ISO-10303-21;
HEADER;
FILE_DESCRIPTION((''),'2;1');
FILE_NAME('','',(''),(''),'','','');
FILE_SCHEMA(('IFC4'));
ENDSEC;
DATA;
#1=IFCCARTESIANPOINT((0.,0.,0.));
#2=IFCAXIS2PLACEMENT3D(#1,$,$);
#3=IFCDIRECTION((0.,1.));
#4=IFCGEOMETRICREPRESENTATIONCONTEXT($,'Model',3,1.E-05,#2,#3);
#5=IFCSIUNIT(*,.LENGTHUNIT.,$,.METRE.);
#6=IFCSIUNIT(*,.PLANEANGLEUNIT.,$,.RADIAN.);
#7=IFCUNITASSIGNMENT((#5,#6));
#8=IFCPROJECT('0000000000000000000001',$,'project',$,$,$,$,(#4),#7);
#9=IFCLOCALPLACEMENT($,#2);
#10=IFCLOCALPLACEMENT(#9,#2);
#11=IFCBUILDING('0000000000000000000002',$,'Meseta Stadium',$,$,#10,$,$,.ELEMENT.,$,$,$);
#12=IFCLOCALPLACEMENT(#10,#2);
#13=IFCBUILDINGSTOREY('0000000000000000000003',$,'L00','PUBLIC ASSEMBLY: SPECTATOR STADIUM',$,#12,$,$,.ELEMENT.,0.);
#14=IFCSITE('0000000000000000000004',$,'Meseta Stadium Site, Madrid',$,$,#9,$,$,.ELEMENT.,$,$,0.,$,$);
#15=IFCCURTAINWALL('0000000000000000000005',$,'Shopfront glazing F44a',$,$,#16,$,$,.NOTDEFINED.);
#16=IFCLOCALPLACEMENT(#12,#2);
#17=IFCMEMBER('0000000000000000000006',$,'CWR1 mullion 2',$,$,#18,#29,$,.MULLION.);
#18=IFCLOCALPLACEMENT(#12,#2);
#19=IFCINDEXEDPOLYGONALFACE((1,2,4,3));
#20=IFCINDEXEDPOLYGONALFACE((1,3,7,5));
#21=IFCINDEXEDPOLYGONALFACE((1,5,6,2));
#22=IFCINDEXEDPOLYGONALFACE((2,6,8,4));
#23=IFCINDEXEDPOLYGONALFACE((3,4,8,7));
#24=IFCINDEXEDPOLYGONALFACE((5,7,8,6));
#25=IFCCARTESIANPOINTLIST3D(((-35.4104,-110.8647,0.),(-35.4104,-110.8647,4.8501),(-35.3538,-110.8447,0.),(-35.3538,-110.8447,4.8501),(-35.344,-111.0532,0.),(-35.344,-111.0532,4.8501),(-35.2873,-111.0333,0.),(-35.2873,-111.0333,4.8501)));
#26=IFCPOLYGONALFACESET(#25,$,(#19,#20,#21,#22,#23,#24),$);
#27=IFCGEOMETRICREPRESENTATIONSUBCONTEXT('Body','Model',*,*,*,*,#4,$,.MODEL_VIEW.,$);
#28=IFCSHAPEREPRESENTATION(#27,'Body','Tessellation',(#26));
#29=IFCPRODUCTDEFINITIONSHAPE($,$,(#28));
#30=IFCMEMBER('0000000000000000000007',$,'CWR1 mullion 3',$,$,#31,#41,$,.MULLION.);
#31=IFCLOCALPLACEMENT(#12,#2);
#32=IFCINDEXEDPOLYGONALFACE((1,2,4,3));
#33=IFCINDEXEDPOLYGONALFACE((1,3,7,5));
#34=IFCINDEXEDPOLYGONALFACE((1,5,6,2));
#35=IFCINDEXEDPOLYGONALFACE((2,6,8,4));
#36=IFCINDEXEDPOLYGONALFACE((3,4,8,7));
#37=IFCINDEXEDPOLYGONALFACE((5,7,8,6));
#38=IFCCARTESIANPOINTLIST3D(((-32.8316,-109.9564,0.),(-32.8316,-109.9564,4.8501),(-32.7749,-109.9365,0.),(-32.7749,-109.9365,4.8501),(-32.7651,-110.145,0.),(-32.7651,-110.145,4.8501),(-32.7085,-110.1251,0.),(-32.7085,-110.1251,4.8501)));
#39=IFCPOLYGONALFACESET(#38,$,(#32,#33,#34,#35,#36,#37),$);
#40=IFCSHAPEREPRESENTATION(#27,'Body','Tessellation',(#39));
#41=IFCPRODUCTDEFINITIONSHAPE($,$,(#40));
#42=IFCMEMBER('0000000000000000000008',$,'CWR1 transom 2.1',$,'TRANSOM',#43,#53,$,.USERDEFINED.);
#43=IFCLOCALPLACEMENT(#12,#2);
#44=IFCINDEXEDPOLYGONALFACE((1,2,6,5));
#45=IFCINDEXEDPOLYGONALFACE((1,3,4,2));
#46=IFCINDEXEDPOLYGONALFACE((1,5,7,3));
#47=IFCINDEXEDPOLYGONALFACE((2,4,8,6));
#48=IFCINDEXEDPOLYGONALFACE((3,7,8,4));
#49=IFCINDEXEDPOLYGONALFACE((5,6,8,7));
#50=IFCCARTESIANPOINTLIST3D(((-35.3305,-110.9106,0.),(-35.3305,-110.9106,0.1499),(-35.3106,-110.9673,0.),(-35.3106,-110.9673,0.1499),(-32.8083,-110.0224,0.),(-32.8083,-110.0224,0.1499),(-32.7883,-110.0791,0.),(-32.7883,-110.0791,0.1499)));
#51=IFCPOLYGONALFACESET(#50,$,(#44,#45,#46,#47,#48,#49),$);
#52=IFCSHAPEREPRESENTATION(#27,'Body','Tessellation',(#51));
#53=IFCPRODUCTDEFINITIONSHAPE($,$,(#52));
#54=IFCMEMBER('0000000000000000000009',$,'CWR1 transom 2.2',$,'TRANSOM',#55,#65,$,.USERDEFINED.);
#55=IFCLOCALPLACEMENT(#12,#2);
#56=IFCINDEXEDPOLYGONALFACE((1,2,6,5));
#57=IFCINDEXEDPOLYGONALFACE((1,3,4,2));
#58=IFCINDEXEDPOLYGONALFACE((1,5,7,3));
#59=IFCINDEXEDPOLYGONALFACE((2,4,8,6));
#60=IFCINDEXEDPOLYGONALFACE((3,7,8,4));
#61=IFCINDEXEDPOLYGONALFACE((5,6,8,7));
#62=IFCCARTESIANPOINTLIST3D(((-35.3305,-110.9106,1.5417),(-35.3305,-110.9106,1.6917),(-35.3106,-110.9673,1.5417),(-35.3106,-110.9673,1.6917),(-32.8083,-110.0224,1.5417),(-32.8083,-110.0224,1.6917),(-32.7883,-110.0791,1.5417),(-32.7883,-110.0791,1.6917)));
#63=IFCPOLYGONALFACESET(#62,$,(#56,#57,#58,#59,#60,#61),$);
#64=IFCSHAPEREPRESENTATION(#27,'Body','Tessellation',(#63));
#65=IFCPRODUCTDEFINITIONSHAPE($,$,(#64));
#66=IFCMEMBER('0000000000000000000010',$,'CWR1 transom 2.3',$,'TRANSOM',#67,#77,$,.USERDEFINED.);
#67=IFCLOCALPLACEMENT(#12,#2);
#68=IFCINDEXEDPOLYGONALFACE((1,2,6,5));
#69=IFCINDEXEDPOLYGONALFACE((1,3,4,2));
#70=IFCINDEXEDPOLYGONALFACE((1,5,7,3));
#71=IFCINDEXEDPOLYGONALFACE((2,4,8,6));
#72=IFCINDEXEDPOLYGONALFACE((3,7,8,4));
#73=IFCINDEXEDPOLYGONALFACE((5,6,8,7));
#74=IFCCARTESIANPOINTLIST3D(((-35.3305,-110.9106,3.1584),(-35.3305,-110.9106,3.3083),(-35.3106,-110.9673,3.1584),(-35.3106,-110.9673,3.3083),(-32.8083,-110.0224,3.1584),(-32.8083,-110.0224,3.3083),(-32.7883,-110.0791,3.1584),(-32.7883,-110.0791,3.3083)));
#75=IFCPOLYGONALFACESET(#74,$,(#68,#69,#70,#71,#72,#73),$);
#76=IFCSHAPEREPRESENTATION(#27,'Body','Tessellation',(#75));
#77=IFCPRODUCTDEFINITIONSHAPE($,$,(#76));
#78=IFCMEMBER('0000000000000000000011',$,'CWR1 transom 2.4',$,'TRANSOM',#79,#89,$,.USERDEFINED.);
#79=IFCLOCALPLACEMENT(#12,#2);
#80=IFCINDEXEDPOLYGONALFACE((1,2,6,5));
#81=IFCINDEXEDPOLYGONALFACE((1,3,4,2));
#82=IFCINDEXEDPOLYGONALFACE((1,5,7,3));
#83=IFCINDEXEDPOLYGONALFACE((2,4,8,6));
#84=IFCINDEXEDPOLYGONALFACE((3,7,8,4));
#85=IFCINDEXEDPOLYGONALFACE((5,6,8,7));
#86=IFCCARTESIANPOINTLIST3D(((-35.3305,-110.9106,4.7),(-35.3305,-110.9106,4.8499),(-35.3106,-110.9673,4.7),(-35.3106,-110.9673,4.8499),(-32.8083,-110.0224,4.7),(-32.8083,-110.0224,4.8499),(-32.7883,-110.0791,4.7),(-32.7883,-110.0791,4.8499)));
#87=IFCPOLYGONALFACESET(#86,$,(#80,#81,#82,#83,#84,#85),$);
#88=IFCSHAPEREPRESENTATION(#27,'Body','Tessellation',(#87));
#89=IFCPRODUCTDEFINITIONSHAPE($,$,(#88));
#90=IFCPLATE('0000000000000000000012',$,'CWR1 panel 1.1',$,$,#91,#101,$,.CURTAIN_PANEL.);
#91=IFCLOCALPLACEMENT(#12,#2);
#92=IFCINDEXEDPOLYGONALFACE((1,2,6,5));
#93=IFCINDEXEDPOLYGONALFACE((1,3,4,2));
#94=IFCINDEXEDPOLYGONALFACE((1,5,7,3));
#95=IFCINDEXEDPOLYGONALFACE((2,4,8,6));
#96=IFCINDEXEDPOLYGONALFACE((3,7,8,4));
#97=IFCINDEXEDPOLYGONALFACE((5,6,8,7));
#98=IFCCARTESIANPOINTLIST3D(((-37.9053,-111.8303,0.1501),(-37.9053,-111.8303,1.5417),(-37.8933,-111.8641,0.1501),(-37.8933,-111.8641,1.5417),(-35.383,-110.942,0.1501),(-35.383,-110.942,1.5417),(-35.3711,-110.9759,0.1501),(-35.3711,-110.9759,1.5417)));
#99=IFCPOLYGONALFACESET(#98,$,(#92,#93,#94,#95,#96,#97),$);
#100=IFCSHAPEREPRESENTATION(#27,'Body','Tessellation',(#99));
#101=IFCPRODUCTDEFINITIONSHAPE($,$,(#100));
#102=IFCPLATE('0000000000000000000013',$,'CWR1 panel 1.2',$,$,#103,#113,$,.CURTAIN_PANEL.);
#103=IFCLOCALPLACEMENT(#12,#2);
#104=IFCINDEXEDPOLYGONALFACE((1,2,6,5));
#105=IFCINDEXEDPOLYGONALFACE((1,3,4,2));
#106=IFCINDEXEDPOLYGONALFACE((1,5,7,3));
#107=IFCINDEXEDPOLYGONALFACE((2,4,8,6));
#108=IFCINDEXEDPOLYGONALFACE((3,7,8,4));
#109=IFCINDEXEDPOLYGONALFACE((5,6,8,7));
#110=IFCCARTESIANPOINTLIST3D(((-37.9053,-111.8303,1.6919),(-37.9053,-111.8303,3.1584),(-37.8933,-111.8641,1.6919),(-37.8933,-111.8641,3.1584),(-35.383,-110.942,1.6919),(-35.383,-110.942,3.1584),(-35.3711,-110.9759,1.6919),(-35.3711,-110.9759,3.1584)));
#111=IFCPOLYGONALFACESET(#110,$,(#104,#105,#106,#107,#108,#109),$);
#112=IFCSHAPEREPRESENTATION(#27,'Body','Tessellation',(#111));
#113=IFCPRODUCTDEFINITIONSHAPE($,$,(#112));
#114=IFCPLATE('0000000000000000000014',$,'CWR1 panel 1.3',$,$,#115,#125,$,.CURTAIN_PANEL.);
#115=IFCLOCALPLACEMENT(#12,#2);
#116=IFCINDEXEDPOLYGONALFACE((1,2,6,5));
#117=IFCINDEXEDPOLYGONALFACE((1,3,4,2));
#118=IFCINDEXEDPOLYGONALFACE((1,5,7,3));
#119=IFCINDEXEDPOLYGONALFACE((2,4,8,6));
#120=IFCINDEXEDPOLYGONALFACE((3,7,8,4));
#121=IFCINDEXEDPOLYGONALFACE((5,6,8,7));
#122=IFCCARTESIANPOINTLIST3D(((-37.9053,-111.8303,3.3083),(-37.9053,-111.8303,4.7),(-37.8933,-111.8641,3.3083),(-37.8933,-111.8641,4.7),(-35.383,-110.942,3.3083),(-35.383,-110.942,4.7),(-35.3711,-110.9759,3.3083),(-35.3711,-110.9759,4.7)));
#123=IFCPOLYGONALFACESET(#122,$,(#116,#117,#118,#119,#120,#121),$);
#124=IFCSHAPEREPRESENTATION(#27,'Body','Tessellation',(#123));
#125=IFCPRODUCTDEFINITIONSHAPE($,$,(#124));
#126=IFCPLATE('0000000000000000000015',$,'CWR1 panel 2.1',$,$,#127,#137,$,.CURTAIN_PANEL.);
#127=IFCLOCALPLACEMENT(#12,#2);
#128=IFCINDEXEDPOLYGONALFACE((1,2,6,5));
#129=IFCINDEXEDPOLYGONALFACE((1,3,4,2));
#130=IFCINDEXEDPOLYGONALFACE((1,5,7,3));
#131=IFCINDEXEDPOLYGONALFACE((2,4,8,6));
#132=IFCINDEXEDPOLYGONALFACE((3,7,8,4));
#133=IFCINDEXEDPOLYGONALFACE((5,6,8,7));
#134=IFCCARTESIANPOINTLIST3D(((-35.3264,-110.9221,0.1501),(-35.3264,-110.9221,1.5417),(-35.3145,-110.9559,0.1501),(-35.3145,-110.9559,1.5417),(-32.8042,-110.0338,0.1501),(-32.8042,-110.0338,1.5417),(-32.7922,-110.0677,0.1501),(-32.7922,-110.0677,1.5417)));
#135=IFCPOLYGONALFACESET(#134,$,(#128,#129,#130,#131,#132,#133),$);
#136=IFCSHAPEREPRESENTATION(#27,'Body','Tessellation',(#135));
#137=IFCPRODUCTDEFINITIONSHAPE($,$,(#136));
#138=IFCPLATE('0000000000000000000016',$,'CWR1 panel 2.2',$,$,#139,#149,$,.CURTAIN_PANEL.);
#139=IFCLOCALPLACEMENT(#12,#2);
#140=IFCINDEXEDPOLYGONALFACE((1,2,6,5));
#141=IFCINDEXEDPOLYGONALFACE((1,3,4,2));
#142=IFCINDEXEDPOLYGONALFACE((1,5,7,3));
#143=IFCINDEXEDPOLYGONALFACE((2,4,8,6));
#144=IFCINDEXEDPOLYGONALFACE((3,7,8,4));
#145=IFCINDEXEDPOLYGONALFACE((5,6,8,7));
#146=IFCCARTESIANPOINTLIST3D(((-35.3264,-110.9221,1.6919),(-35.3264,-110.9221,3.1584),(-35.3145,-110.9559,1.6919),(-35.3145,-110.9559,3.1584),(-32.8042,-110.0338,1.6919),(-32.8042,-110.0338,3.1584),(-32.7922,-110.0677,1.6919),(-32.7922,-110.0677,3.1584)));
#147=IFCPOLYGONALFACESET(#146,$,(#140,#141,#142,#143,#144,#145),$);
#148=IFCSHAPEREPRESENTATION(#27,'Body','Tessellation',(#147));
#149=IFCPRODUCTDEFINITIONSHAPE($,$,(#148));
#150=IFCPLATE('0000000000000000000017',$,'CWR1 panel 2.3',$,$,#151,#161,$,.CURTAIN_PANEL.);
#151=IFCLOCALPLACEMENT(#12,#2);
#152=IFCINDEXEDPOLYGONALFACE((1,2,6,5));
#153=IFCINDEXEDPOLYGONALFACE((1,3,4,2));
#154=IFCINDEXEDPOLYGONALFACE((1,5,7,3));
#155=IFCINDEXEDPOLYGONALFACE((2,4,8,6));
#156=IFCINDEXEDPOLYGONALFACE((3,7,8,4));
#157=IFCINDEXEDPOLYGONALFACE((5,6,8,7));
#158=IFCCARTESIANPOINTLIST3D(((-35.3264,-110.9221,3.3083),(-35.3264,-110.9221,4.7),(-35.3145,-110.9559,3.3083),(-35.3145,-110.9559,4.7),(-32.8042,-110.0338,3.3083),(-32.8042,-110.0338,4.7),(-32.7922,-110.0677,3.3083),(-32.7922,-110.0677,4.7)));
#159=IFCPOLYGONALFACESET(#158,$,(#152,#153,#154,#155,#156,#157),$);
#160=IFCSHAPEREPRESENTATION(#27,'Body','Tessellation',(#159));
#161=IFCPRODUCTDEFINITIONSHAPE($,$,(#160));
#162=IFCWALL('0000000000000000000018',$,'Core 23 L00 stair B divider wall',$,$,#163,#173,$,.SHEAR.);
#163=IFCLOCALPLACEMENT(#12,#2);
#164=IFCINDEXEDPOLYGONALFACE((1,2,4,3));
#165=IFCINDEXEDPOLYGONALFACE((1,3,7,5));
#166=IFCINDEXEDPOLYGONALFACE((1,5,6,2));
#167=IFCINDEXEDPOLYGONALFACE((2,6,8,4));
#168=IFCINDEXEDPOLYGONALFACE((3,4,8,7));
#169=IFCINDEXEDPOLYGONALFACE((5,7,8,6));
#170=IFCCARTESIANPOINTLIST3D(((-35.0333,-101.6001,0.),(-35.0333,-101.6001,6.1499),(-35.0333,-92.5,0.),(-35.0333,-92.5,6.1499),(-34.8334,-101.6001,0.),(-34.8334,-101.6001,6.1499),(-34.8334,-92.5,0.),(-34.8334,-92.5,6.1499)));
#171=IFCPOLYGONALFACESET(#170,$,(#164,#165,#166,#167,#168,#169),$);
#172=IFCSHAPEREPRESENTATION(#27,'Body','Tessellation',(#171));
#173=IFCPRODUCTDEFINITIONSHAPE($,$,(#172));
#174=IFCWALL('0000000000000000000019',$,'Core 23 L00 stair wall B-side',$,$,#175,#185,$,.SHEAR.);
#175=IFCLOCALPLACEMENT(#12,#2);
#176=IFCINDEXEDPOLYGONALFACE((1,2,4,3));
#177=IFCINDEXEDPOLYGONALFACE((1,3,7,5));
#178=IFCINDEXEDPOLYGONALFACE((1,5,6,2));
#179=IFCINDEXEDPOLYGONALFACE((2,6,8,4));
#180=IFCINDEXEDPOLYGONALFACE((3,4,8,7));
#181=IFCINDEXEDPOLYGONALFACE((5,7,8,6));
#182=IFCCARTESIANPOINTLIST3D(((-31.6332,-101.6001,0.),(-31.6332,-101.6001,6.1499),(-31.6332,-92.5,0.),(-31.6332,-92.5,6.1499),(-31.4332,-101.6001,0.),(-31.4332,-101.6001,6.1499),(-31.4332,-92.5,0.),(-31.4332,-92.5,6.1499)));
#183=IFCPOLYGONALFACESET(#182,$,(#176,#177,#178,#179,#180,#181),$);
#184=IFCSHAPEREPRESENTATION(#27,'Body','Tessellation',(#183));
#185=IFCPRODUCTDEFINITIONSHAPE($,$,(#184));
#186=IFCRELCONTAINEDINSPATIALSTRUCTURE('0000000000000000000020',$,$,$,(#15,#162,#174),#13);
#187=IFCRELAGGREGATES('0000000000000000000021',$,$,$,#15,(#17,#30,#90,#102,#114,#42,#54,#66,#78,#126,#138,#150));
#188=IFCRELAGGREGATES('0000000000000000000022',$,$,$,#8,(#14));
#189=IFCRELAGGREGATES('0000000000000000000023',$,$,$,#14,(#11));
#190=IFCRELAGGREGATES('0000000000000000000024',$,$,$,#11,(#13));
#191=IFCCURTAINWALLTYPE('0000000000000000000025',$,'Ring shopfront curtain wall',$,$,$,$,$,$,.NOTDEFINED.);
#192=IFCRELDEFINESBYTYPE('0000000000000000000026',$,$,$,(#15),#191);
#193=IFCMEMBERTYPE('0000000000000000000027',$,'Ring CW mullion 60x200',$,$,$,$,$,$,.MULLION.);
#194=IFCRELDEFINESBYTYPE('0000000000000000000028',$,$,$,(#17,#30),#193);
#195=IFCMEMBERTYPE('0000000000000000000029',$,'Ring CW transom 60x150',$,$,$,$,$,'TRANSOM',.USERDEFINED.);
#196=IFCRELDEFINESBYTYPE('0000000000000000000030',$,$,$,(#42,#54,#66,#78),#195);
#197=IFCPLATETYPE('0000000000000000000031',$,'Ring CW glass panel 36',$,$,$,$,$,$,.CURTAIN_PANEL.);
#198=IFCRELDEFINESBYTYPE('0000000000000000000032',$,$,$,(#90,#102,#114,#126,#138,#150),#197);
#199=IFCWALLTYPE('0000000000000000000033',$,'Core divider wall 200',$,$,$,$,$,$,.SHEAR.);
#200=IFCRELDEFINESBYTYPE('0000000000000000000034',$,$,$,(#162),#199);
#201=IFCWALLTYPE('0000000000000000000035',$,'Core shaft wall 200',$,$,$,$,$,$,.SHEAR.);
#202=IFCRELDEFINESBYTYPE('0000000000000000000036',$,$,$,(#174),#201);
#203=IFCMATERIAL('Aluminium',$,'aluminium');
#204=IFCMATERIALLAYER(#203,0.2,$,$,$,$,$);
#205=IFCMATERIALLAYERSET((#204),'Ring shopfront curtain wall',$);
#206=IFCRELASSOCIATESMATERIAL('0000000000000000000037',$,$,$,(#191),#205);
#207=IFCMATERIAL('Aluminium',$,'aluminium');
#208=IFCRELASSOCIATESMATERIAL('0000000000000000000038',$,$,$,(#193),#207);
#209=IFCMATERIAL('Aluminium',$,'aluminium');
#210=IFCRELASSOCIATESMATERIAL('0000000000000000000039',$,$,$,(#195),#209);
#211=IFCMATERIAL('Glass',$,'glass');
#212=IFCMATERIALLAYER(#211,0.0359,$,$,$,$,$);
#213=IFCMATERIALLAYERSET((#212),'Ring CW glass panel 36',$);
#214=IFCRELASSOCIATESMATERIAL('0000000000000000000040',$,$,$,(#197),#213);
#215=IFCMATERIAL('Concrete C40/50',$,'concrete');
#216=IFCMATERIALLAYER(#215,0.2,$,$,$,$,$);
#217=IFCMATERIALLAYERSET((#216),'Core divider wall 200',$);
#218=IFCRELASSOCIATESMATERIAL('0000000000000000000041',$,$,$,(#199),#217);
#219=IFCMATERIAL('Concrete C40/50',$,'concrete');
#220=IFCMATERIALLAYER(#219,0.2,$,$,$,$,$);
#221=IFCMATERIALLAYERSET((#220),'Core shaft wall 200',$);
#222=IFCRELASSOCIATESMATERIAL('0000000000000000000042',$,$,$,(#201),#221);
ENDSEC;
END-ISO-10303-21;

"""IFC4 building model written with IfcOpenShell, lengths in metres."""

from ifc_helpers import new_model, si_unit, direction, frame, frame_2d, origin, origin_2d, place, context, subcontext, project, spatial, rectangle, extrude, material, layer, layer_set, material_profile, profile_set, type_object, element, aggregate, save


model = new_model("IFC4")

# Units and contexts
model_context = context("Model", 3, precision=1e-05, world=origin(), true_north=direction((0.0, 1.0)))
body_context = subcontext(model_context, "Body", "Model", "MODEL_VIEW")
ifc_project = project(units=[si_unit("LENGTHUNIT", "METRE"), si_unit("PLANEANGLEUNIT", "RADIAN")], contexts=[model_context])

# Site, building, storey
site_placement = place(None, origin())
site = spatial("IfcSite", under=ifc_project, at=site_placement, Name="Meseta Stadium Site, Madrid", CompositionType="ELEMENT", RefElevation=0.0)
building_placement = place(site_placement, origin())
building = spatial("IfcBuilding", under=site, at=building_placement, Name="Meseta Stadium", CompositionType="ELEMENT")
storey_placement = place(building_placement, origin())
storey = spatial("IfcBuildingStorey", under=building, at=storey_placement, Name="L00", Description="PUBLIC ASSEMBLY: SPECTATOR STADIUM", CompositionType="ELEMENT", Elevation=0.0)

# Curtain wall, members, plates
ifc_material_1 = material(Name="Aluminium", Category="aluminium")
ifc_layer_1 = layer(ifc_material_1, 0.2)
ifc_layer_set_1 = layer_set([ifc_layer_1], Name="Ring shopfront curtain wall")
curtain_wall_type = type_object("IfcCurtainWallType", Name="Ring shopfront curtain wall", PredefinedType="NOTDEFINED", material=ifc_layer_set_1)
curtain_wall_placement = place(storey_placement, origin())
curtain_wall = element("IfcCurtainWall", 1, at=curtain_wall_placement, inside=storey, type_object=curtain_wall_type, Name="Shopfront glazing F44a", PredefinedType="NOTDEFINED")
ifc_material_2 = material(Name="Aluminium", Category="aluminium")
ifc_material_profile_1 = material_profile(ifc_material_2, rectangle(XDim=0.2, YDim=0.0601, at=origin_2d()), Name="CW 200x60")
ifc_profile_set_1 = profile_set([ifc_material_profile_1], Name="Aluminium")
member_type_1 = type_object("IfcMemberType", Name="Ring CW mullion 60x200", PredefinedType="MULLION", material=ifc_profile_set_1)
member_1_placement = place(storey_placement, frame((-35.3489, -110.949, 0.0), z_axis=(0.0, 0.0, 1.0), x_axis=(-0.33217, 0.94322, 0.0)))
member_1 = element("IfcMember", 2, at=member_1_placement, type_object=member_type_1, Name="CWR1 mullion 2", PredefinedType="MULLION", context=body_context, shape_type="SweptSolid", body=[
    extrude(rectangle(XDim=0.2, YDim=0.0601, at=origin_2d()), origin(), (0.0, 0.0, 1.0), 4.8501),
])
member_2_placement = place(storey_placement, frame((-32.77, -110.0408, 0.0), z_axis=(0.0, 0.0, 1.0), x_axis=(-0.33217, 0.94322, 0.0)))
member_2 = element("IfcMember", 3, at=member_2_placement, type_object=member_type_1, Name="CWR1 mullion 3", PredefinedType="MULLION", context=body_context, shape_type="SweptSolid", body=[
    extrude(rectangle(XDim=0.2, YDim=0.0601, at=origin_2d()), origin(), (0.0, 0.0, 1.0), 4.8501),
])
ifc_material_3 = material(Name="Aluminium", Category="aluminium")
ifc_material_profile_2 = material_profile(ifc_material_3, rectangle(XDim=0.0601, YDim=0.1499, at=origin_2d()), Name="CW 60x150")
ifc_profile_set_2 = profile_set([ifc_material_profile_2], Name="Aluminium")
member_type_2 = type_object("IfcMemberType", Name="Ring CW transom 60x150", ElementType="TRANSOM", PredefinedType="USERDEFINED", material=ifc_profile_set_2)
member_3_placement = place(storey_placement, frame((-35.3206, -110.939, 0.075), z_axis=(0.943226, 0.332151, 0.0), x_axis=(-0.332151, 0.943226, 0.0)))
member_3 = element("IfcMember", 4, at=member_3_placement, type_object=member_type_2, Name="CWR1 transom 2.1", ObjectType="TRANSOM", PredefinedType="USERDEFINED", context=body_context, shape_type="SweptSolid", body=[
    extrude(rectangle(XDim=0.0601, YDim=0.1499, at=origin_2d()), origin(), (0.0, 0.0, 1.0), 2.6741),
])
member_4_placement = place(storey_placement, frame((-35.3206, -110.939, 1.6167), z_axis=(0.943226, 0.332151, 0.0), x_axis=(-0.332151, 0.943226, 0.0)))
member_4 = element("IfcMember", 5, at=member_4_placement, type_object=member_type_2, Name="CWR1 transom 2.2", ObjectType="TRANSOM", PredefinedType="USERDEFINED", context=body_context, shape_type="SweptSolid", body=[
    extrude(rectangle(XDim=0.0601, YDim=0.1499, at=origin_2d()), origin(), (0.0, 0.0, 1.0), 2.6741),
])
member_5_placement = place(storey_placement, frame((-35.3206, -110.939, 3.2334), z_axis=(0.943226, 0.332151, 0.0), x_axis=(-0.332151, 0.943226, 0.0)))
member_5 = element("IfcMember", 6, at=member_5_placement, type_object=member_type_2, Name="CWR1 transom 2.3", ObjectType="TRANSOM", PredefinedType="USERDEFINED", context=body_context, shape_type="SweptSolid", body=[
    extrude(rectangle(XDim=0.0601, YDim=0.1499, at=origin_2d()), origin(), (0.0, 0.0, 1.0), 2.6741),
])
member_6_placement = place(storey_placement, frame((-35.3206, -110.939, 4.7749), z_axis=(0.943226, 0.332151, 0.0), x_axis=(-0.332151, 0.943226, 0.0)))
member_6 = element("IfcMember", 7, at=member_6_placement, type_object=member_type_2, Name="CWR1 transom 2.4", ObjectType="TRANSOM", PredefinedType="USERDEFINED", context=body_context, shape_type="SweptSolid", body=[
    extrude(rectangle(XDim=0.0601, YDim=0.1499, at=origin_2d()), origin(), (0.0, 0.0, 1.0), 2.6741),
])
ifc_material_4 = material(Name="Glass", Category="glass")
ifc_layer_2 = layer(ifc_material_4, 0.0359)
ifc_layer_set_2 = layer_set([ifc_layer_2], Name="Ring CW glass panel 36")
plate_type = type_object("IfcPlateType", Name="Ring CW glass panel 36", PredefinedType="CURTAIN_PANEL", material=ifc_layer_set_2)
plate_1_placement = place(storey_placement, frame((-36.6382, -111.4031, 0.1501), z_axis=(0.0, 0.0, 1.0), x_axis=(0.94322, 0.33217, 0.0)))
plate_1 = element("IfcPlate", 8, at=plate_1_placement, type_object=plate_type, Name="CWR1 panel 1.1", PredefinedType="CURTAIN_PANEL", context=body_context, shape_type="SweptSolid", body=[
    extrude(rectangle(XDim=2.6741, YDim=0.0359, at=origin_2d()), origin(), (0.0, 0.0, 1.0), 1.3916),
])
plate_2_placement = place(storey_placement, frame((-36.6382, -111.4031, 1.6919), z_axis=(0.0, 0.0, 1.0), x_axis=(0.94322, 0.33217, 0.0)))
plate_2 = element("IfcPlate", 9, at=plate_2_placement, type_object=plate_type, Name="CWR1 panel 1.2", PredefinedType="CURTAIN_PANEL", context=body_context, shape_type="SweptSolid", body=[
    extrude(rectangle(XDim=2.6741, YDim=0.0359, at=origin_2d()), origin(), (0.0, 0.0, 1.0), 1.4666),
])
plate_3_placement = place(storey_placement, frame((-36.6382, -111.4031, 3.3083), z_axis=(0.0, 0.0, 1.0), x_axis=(0.94322, 0.33217, 0.0)))
plate_3 = element("IfcPlate", 10, at=plate_3_placement, type_object=plate_type, Name="CWR1 panel 1.3", PredefinedType="CURTAIN_PANEL", context=body_context, shape_type="SweptSolid", body=[
    extrude(rectangle(XDim=2.6741, YDim=0.0359, at=origin_2d()), origin(), (0.0, 0.0, 1.0), 1.3916),
])
plate_4_placement = place(storey_placement, frame((-34.0593, -110.4949, 0.1501), z_axis=(0.0, 0.0, 1.0), x_axis=(0.94322, 0.33217, 0.0)))
plate_4 = element("IfcPlate", 11, at=plate_4_placement, type_object=plate_type, Name="CWR1 panel 2.1", PredefinedType="CURTAIN_PANEL", context=body_context, shape_type="SweptSolid", body=[
    extrude(rectangle(XDim=2.6741, YDim=0.0359, at=origin_2d()), origin(), (0.0, 0.0, 1.0), 1.3916),
])
plate_5_placement = place(storey_placement, frame((-34.0593, -110.4949, 1.6919), z_axis=(0.0, 0.0, 1.0), x_axis=(0.94322, 0.33217, 0.0)))
plate_5 = element("IfcPlate", 12, at=plate_5_placement, type_object=plate_type, Name="CWR1 panel 2.2", PredefinedType="CURTAIN_PANEL", context=body_context, shape_type="SweptSolid", body=[
    extrude(rectangle(XDim=2.6741, YDim=0.0359, at=origin_2d()), origin(), (0.0, 0.0, 1.0), 1.4666),
])
plate_6_placement = place(storey_placement, frame((-34.0593, -110.4949, 3.3083), z_axis=(0.0, 0.0, 1.0), x_axis=(0.94322, 0.33217, 0.0)))
plate_6 = element("IfcPlate", 13, at=plate_6_placement, type_object=plate_type, Name="CWR1 panel 2.3", PredefinedType="CURTAIN_PANEL", context=body_context, shape_type="SweptSolid", body=[
    extrude(rectangle(XDim=2.6741, YDim=0.0359, at=origin_2d()), origin(), (0.0, 0.0, 1.0), 1.3916),
])
aggregate(curtain_wall, [member_1, member_2, plate_1, plate_2, plate_3, member_3, member_4, member_5, member_6, plate_4, plate_5, plate_6])

# Walls
ifc_material_5 = material(Name="Concrete C40/50", Category="concrete")
ifc_layer_3 = layer(ifc_material_5, 0.2)
ifc_layer_set_3 = layer_set([ifc_layer_3], Name="Core divider wall 200")
wall_type_1 = type_object("IfcWallType", Name="Core divider wall 200", PredefinedType="SHEAR", material=ifc_layer_set_3)
wall_1_placement = place(storey_placement, frame((-34.9333, -101.6001, 0.0), z_axis=(0.0, 0.0, 1.0), x_axis=(0.0, 1.0, 0.0)))
element("IfcWall", 14, at=wall_1_placement, inside=storey, type_object=wall_type_1, Name="Core 23 L00 stair B divider wall", PredefinedType="SHEAR", context=body_context, shape_type="SweptSolid", body=[
    extrude(rectangle(XDim=9.1001, YDim=0.2, at=frame_2d((4.55, 0.0))), origin(), (0.0, 0.0, 1.0), 6.1499),
])
ifc_material_6 = material(Name="Concrete C40/50", Category="concrete")
ifc_layer_4 = layer(ifc_material_6, 0.2)
ifc_layer_set_4 = layer_set([ifc_layer_4], Name="Core shaft wall 200")
wall_type_2 = type_object("IfcWallType", Name="Core shaft wall 200", PredefinedType="SHEAR", material=ifc_layer_set_4)
wall_2_placement = place(storey_placement, frame((-31.5332, -101.6001, 0.0), z_axis=(0.0, 0.0, 1.0), x_axis=(0.0, 1.0, 0.0)))
element("IfcWall", 15, at=wall_2_placement, inside=storey, type_object=wall_type_2, Name="Core 23 L00 stair wall B-side", PredefinedType="SHEAR", context=body_context, shape_type="SweptSolid", body=[
    extrude(rectangle(XDim=9.1001, YDim=0.2, at=frame_2d((4.55, 0.0))), origin(), (0.0, 0.0, 1.0), 6.1499),
])

save(model, "model.ifc")
